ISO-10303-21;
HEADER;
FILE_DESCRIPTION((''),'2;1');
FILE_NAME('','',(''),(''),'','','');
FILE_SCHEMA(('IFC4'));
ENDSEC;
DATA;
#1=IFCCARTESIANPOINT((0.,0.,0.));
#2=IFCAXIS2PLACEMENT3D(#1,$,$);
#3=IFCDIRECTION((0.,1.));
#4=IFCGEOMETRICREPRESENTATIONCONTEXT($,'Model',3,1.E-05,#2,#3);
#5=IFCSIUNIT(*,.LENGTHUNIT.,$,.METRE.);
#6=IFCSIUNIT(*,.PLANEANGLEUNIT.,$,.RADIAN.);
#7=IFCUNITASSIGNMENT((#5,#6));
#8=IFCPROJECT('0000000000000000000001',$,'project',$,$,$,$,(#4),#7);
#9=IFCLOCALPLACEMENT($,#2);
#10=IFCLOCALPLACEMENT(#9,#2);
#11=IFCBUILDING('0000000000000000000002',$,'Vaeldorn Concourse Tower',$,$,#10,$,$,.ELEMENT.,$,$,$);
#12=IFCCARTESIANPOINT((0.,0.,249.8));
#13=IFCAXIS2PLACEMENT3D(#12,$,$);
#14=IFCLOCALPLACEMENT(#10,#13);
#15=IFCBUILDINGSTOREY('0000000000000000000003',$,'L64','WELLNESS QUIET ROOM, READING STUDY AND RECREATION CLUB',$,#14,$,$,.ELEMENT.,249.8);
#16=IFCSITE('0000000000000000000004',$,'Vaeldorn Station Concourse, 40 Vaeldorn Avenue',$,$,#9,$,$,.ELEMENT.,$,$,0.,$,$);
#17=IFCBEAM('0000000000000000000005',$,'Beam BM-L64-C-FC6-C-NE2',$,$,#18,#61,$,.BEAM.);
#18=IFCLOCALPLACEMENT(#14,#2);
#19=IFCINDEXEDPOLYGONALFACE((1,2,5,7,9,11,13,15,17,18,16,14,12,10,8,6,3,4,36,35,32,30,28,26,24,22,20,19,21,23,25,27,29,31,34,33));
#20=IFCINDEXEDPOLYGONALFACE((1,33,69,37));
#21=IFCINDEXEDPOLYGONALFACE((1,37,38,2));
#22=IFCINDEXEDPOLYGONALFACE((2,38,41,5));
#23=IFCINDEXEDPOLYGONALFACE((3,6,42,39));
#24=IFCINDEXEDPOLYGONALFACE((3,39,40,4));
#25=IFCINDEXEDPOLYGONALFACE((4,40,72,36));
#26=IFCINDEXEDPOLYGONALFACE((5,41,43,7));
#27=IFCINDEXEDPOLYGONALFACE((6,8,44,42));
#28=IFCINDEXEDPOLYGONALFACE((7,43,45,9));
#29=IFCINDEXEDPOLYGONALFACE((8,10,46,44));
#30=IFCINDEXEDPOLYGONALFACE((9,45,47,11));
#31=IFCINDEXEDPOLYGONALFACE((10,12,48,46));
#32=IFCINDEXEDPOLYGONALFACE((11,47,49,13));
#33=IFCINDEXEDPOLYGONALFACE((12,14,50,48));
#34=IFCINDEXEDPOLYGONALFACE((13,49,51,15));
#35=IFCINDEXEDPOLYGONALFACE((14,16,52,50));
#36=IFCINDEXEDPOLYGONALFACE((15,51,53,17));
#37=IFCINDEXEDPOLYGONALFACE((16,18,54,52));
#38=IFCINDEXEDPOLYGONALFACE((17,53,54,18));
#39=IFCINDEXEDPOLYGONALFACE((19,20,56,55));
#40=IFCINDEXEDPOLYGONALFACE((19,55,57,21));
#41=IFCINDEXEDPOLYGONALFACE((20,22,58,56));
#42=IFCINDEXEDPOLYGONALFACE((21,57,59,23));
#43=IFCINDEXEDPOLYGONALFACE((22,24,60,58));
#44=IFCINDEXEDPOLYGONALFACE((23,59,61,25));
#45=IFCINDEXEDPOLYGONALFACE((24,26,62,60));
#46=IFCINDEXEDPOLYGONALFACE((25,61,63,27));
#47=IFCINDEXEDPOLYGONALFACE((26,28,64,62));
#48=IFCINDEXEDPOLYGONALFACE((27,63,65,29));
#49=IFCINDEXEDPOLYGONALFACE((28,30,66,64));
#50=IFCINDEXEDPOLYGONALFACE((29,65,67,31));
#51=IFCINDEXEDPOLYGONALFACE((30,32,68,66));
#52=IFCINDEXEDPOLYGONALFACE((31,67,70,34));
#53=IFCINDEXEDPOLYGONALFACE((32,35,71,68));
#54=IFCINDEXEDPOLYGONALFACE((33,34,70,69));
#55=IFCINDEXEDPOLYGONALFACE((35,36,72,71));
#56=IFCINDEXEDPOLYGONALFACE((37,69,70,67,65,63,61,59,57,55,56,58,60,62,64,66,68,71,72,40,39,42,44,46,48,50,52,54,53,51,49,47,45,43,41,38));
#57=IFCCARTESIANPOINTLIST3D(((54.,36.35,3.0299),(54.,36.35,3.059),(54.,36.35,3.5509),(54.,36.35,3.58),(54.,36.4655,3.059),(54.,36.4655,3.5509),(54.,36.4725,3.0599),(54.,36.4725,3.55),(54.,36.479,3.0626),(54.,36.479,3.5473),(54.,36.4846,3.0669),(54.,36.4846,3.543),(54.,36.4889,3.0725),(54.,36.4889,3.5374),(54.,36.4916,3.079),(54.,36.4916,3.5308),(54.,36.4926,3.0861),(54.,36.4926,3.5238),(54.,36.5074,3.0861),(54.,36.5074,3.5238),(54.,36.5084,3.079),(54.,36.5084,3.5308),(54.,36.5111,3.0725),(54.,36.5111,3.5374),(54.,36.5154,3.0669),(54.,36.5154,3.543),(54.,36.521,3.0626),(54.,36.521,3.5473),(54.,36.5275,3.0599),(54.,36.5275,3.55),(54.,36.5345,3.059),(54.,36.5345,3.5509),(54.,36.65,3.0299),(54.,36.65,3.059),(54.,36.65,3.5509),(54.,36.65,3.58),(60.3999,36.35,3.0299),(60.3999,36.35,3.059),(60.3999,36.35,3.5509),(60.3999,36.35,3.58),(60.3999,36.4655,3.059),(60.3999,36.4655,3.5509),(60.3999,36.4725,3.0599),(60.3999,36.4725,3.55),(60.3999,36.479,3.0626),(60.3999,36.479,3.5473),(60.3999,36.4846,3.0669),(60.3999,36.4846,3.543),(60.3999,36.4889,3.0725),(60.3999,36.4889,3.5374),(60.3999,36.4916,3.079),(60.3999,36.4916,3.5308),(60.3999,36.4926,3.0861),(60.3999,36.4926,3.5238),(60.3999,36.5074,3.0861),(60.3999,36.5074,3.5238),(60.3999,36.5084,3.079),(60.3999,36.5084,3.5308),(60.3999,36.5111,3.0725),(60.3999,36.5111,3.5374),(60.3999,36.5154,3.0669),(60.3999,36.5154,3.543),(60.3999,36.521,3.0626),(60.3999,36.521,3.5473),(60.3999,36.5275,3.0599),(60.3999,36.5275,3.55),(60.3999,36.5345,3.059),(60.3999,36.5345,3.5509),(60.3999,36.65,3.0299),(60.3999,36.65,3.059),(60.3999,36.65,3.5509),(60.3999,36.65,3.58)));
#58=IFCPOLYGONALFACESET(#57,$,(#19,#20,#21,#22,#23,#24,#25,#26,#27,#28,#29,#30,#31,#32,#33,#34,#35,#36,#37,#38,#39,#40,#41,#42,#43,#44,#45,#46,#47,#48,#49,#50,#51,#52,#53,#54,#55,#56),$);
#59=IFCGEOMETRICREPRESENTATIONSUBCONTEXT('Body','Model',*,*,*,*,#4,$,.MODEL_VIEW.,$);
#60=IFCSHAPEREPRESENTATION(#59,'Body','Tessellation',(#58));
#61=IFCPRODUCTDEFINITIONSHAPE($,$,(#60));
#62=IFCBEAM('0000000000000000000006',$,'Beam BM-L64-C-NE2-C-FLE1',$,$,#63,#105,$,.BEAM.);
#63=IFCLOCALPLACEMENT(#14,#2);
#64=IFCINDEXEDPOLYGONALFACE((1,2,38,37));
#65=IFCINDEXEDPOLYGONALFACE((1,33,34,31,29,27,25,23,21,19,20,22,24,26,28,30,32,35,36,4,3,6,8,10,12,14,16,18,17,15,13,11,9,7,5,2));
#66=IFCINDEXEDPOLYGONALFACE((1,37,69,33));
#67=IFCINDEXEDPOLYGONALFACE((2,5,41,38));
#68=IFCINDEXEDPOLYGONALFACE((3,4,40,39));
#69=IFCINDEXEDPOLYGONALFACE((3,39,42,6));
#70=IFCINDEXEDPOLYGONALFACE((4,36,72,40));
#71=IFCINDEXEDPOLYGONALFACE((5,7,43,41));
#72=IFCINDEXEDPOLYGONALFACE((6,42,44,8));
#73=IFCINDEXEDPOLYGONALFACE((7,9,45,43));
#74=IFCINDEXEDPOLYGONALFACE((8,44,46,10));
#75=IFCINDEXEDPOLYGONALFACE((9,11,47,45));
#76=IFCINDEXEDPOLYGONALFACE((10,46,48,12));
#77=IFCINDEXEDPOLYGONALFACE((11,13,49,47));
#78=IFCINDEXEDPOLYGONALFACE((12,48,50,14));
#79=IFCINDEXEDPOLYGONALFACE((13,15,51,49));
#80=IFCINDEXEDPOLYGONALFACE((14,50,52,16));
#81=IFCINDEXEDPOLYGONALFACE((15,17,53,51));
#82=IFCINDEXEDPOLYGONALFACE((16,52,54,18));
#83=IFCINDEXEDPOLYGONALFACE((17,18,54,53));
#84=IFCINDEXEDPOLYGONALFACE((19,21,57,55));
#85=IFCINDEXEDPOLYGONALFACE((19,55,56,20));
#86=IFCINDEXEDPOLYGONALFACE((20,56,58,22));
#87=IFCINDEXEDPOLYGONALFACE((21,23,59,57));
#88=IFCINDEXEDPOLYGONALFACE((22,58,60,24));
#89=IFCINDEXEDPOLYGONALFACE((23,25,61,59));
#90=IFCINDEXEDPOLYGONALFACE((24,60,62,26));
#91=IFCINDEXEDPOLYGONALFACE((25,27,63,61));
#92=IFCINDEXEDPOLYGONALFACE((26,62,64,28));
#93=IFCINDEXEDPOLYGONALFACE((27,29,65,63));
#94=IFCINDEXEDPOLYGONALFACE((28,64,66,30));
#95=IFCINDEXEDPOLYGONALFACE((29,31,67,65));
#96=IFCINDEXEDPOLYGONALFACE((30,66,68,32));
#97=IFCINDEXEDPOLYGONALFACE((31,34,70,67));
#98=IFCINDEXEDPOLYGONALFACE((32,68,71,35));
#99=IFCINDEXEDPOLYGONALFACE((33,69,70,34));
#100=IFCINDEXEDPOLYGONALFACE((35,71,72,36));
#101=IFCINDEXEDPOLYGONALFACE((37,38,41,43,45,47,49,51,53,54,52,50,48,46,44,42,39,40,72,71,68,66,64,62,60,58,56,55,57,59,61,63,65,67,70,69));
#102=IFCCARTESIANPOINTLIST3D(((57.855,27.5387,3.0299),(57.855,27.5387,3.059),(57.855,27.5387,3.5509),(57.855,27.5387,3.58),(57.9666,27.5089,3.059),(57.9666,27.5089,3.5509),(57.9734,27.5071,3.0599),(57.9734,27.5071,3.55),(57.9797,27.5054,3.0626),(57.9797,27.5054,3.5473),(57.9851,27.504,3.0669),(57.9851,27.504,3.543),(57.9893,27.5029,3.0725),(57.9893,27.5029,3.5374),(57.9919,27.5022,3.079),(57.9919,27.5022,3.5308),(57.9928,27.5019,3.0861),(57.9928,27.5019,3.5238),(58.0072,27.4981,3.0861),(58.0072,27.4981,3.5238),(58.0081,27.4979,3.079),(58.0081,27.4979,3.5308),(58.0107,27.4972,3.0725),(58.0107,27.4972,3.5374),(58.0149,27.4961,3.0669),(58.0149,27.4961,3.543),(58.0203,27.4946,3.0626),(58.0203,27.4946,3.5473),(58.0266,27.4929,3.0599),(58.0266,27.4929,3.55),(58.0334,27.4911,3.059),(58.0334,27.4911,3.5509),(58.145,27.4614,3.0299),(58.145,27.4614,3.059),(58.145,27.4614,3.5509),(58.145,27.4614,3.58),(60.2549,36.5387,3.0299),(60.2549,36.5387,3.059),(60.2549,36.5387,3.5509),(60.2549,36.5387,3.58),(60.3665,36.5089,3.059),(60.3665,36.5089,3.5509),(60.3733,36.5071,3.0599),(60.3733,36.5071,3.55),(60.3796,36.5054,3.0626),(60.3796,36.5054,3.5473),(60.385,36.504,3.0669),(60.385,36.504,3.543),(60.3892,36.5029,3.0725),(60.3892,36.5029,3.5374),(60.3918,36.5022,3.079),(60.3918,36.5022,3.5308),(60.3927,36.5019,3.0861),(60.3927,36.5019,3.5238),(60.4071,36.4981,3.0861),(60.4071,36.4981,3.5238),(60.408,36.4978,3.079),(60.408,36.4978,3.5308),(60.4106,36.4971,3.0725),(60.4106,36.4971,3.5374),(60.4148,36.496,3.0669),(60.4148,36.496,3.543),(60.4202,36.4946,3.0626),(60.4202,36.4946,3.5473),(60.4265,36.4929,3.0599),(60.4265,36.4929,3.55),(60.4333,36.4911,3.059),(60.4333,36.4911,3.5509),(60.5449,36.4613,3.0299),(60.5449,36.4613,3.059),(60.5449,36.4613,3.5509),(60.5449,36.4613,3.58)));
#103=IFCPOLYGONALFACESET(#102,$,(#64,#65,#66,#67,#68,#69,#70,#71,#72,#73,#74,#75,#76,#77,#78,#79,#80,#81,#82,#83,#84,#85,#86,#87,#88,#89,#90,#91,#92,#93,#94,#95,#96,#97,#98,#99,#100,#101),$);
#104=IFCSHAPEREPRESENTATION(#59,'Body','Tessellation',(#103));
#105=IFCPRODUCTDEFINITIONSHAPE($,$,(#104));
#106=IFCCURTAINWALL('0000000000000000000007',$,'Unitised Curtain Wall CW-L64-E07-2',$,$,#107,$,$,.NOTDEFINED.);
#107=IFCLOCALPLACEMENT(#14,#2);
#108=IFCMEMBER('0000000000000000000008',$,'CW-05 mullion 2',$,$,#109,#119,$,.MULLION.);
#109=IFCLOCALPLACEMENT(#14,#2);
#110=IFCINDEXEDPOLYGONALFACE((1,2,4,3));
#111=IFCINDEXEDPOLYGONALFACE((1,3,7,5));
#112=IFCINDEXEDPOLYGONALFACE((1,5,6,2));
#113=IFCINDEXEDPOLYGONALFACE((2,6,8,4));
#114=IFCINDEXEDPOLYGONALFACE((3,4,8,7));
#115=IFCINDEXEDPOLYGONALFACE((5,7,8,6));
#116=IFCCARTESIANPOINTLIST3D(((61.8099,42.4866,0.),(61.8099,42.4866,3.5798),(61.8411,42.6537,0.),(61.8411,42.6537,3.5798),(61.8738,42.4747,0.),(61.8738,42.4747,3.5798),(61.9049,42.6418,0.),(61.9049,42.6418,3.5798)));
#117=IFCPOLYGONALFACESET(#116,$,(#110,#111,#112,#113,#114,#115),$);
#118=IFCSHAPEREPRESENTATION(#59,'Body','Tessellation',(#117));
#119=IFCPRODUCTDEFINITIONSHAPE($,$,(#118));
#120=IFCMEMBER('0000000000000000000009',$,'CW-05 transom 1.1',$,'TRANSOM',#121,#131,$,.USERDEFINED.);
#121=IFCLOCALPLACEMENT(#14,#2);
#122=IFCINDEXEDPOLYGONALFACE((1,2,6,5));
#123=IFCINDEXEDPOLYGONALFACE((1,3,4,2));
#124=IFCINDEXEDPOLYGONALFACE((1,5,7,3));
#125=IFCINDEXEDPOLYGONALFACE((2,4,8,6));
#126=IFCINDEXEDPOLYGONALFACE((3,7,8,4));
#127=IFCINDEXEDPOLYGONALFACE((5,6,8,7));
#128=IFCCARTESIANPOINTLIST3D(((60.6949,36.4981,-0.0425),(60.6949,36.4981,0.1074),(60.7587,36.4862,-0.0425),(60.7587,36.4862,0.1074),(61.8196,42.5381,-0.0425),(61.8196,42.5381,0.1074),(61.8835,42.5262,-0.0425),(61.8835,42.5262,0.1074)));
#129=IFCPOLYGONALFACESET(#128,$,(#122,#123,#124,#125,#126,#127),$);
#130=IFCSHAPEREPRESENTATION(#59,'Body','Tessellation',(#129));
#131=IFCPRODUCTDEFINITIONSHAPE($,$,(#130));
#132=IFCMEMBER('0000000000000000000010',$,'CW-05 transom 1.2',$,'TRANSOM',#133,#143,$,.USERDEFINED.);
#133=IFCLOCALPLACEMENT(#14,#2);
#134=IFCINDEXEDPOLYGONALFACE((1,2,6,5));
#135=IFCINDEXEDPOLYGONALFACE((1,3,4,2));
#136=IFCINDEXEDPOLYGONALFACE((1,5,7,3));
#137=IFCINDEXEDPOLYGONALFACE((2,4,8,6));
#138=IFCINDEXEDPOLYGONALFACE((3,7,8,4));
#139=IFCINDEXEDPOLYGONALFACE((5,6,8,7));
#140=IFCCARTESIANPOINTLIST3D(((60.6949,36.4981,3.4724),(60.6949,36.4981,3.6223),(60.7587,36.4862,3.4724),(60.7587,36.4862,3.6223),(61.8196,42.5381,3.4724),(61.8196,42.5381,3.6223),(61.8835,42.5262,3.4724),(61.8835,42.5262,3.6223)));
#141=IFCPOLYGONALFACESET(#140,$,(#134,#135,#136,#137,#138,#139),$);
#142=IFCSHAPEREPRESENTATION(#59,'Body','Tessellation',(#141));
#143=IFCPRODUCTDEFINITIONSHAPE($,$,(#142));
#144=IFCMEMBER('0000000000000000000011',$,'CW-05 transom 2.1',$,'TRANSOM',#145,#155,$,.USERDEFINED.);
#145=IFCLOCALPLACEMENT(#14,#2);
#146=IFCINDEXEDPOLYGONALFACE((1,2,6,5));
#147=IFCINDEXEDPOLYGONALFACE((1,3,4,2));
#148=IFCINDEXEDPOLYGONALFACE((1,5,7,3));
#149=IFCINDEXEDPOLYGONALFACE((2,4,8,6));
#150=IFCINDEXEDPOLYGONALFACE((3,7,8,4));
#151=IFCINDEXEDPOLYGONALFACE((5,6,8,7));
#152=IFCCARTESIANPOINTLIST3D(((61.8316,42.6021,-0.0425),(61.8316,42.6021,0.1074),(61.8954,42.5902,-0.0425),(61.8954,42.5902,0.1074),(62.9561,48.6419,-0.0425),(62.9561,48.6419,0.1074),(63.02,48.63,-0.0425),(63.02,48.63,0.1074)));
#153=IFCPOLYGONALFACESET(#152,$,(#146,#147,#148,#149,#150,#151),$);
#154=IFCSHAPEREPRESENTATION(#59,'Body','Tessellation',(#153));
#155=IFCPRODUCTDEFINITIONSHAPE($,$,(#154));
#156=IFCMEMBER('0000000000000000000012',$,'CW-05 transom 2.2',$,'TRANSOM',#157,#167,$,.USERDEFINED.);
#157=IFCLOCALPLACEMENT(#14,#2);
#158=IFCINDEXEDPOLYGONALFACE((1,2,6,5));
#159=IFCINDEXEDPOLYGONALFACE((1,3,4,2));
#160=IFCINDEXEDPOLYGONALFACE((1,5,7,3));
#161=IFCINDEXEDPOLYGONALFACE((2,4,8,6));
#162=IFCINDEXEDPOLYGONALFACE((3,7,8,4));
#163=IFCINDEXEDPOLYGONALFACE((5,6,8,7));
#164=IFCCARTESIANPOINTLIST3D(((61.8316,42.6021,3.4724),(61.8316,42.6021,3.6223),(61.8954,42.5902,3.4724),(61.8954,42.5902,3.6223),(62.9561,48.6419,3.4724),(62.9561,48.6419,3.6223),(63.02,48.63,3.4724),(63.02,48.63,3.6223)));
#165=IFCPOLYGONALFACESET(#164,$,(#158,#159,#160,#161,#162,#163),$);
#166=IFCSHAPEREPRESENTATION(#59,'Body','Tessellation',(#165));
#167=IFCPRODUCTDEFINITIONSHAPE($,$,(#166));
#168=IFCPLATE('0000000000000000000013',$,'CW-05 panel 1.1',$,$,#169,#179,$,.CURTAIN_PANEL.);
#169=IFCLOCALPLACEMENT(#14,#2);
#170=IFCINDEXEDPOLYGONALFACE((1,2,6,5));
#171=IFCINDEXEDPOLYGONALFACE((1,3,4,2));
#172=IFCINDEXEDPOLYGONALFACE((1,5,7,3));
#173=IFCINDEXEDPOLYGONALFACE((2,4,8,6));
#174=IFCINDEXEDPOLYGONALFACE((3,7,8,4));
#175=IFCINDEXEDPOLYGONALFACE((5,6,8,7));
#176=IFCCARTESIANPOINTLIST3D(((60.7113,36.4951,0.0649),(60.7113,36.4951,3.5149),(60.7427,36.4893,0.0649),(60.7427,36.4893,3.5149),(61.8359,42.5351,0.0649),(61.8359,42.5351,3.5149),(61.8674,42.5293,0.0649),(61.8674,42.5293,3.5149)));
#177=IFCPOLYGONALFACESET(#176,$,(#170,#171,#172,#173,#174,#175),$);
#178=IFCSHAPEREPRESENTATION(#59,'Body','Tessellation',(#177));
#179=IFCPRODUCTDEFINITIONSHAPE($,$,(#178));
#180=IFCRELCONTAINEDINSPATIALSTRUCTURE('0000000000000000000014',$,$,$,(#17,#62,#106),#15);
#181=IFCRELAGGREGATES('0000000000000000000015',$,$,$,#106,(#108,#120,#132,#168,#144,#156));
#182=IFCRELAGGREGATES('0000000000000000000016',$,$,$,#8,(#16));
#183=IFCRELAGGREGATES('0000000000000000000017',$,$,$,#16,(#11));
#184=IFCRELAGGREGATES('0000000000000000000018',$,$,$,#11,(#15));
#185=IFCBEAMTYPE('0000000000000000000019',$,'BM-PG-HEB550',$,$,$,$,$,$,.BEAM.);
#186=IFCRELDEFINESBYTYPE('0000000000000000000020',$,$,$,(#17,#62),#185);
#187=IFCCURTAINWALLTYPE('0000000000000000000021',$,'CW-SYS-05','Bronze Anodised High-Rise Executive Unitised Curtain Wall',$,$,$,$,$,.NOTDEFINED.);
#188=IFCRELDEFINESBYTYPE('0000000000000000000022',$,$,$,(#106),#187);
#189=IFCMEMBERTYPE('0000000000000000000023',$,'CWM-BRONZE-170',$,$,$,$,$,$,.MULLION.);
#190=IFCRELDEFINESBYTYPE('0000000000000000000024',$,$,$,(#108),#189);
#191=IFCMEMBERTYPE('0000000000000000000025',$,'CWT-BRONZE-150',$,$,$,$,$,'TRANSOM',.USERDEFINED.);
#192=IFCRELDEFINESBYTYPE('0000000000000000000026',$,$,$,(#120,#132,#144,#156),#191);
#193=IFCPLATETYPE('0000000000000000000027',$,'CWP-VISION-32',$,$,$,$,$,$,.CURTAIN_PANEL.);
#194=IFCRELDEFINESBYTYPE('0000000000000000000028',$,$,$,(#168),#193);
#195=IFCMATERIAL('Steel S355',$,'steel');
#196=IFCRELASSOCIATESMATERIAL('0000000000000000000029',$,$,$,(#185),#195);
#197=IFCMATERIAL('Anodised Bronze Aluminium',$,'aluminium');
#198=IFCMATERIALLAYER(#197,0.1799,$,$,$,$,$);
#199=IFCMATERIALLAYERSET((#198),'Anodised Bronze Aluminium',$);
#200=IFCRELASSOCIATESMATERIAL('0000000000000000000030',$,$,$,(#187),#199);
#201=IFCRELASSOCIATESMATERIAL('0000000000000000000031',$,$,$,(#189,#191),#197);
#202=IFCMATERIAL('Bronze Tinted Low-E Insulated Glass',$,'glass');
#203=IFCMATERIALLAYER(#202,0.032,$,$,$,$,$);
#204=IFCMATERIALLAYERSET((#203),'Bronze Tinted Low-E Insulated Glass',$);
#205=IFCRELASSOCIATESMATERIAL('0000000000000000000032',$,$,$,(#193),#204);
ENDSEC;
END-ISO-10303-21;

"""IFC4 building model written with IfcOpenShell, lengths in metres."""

from ifc_helpers import new_model, si_unit, direction, frame, origin, origin_2d, place, context, subcontext, project, spatial, rectangle, i_section, extrude, source, transform, mapped, material, layer, layer_set, material_profile, profile_set, type_object, element, aggregate, save


model = new_model("IFC4")

# Units and contexts
model_context = context("Model", 3, precision=1e-05, world=origin(), true_north=direction((0.0, 1.0)))
body_context = subcontext(model_context, "Body", "Model", "MODEL_VIEW")
ifc_project = project(units=[si_unit("LENGTHUNIT", "METRE"), si_unit("PLANEANGLEUNIT", "RADIAN")], contexts=[model_context])

# Site, building, storey
site_placement = place(None, origin())
site = spatial("IfcSite", under=ifc_project, at=site_placement, Name="Vaeldorn Station Concourse, 40 Vaeldorn Avenue", CompositionType="ELEMENT", RefElevation=0.0)
building_placement = place(site_placement, origin())
building = spatial("IfcBuilding", under=site, at=building_placement, Name="Vaeldorn Concourse Tower", CompositionType="ELEMENT")
storey_placement = place(building_placement, frame((0.0, 0.0, 249.8)))
storey = spatial("IfcBuildingStorey", under=building, at=storey_placement, Name="L64", Description="WELLNESS QUIET ROOM, READING STUDY AND RECREATION CLUB", CompositionType="ELEMENT", Elevation=249.8)

# Shared definitions
ifc_material_1 = material(Name="Steel S355", Category="steel")

# Beams
ifc_material_profile_1 = material_profile(ifc_material_1, i_section(OverallWidth=0.3, OverallDepth=0.55, WebThickness=0.0149, FlangeThickness=0.0291, FilletRadius=0.0271, at=origin_2d()), Name="HEB 550")
ifc_profile_set_1 = profile_set([ifc_material_profile_1], Name="Steel S355")
beam_type_1 = type_object("IfcBeamType", Name="BM-PG-HEB550", PredefinedType="BEAM", material=ifc_profile_set_1)
shared_shape_1 = source(origin(), body_context, "Body", "SweptSolid", [
    extrude(i_section(OverallWidth=0.3, OverallDepth=0.55, WebThickness=0.0149, FlangeThickness=0.0291, FilletRadius=0.0271, at=origin_2d()), origin(), (0.0, 0.0, 1.0), 6.3999),
])
beam_1_placement = place(storey_placement, frame((54.0, 36.5, 3.3049), z_axis=(1.0, 0.0, 0.0), x_axis=(0.0, 1.0, 0.0)))
element("IfcBeam", 1, at=beam_1_placement, inside=storey, type_object=beam_type_1, Name="Beam BM-L64-C-FC6-C-NE2", PredefinedType="BEAM", context=body_context, shape_type="MappedRepresentation", body=[
    mapped(shared_shape_1, transform((0.0, 0.0, 0.0), scale=1.0)),
])
shared_shape_2 = source(origin(), body_context, "Body", "SweptSolid", [
    extrude(i_section(OverallWidth=0.3, OverallDepth=0.55, WebThickness=0.0149, FlangeThickness=0.0291, FilletRadius=0.0271, at=origin_2d()), origin(), (0.0, 0.0, 1.0), 9.3145),
])
beam_2_placement = place(storey_placement, frame((60.3999, 36.5, 3.3049), z_axis=(-0.257653, -0.966238, 0.0), x_axis=(0.966238, -0.257653, 0.0)))
element("IfcBeam", 2, at=beam_2_placement, inside=storey, type_object=beam_type_1, Name="Beam BM-L64-C-NE2-C-FLE1", PredefinedType="BEAM", context=body_context, shape_type="MappedRepresentation", body=[
    mapped(shared_shape_2, transform((0.0, 0.0, 0.0), scale=1.0)),
])

# Curtain wall, members, plate
ifc_material_2 = material(Name="Anodised Bronze Aluminium", Category="aluminium")
ifc_layer_1 = layer(ifc_material_2, 0.1799)
ifc_layer_set_1 = layer_set([ifc_layer_1], Name="Anodised Bronze Aluminium")
curtain_wall_type = type_object("IfcCurtainWallType", Name="CW-SYS-05", Description="Bronze Anodised High-Rise Executive Unitised Curtain Wall", PredefinedType="NOTDEFINED", material=ifc_layer_set_1)
curtain_wall_placement = place(storey_placement, origin())
curtain_wall = element("IfcCurtainWall", 3, at=curtain_wall_placement, inside=storey, type_object=curtain_wall_type, Name="Unitised Curtain Wall CW-L64-E07-2", PredefinedType="NOTDEFINED")
ifc_material_profile_2 = material_profile(ifc_material_2, rectangle(XDim=0.0649, YDim=0.1699, at=origin_2d()), Name="CWM 65x170")
ifc_profile_set_2 = profile_set([ifc_material_profile_2], Name="Anodised Bronze Aluminium")
member_type_1 = type_object("IfcMemberType", Name="CWM-BRONZE-170", PredefinedType="MULLION", material=ifc_profile_set_2)
shared_shape_3 = source(origin(), body_context, "Body", "SweptSolid", [
    extrude(rectangle(XDim=0.0649, YDim=0.1699, at=origin_2d()), origin(), (0.0, 0.0, 1.0), 3.5798),
])
member_1_placement = place(storey_placement, frame((61.8574, 42.5642, 0.0), z_axis=(0.0, 0.0, 1.0), x_axis=(-0.983103, 0.183054, 0.0)))
member_1 = element("IfcMember", 4, at=member_1_placement, type_object=member_type_1, Name="CW-05 mullion 2", PredefinedType="MULLION", context=body_context, shape_type="MappedRepresentation", body=[
    mapped(shared_shape_3, transform((0.0, 0.0, 0.0), scale=1.0)),
])
ifc_material_profile_3 = material_profile(ifc_material_2, rectangle(XDim=0.0649, YDim=0.1499, at=origin_2d()), Name="CWT 65x150")
ifc_profile_set_3 = profile_set([ifc_material_profile_3], Name="Anodised Bronze Aluminium")
member_type_2 = type_object("IfcMemberType", Name="CWT-BRONZE-150", ElementType="TRANSOM", PredefinedType="USERDEFINED", material=ifc_profile_set_3)
shared_shape_4 = source(origin(), body_context, "Body", "SweptSolid", [
    extrude(rectangle(XDim=0.0649, YDim=0.1499, at=origin_2d()), origin(), (0.0, 0.0, 1.0), 6.1438),
])
member_2_placement = place(storey_placement, frame((60.7268, 36.4922, 0.0325), z_axis=(0.18307, 0.9831, 0.0), x_axis=(-0.9831, 0.18307, 0.0)))
member_2 = element("IfcMember", 5, at=member_2_placement, type_object=member_type_2, Name="CW-05 transom 1.1", ObjectType="TRANSOM", PredefinedType="USERDEFINED", context=body_context, shape_type="MappedRepresentation", body=[
    mapped(shared_shape_4, transform((0.0, 0.0, 0.0), scale=1.0)),
])
member_3_placement = place(storey_placement, frame((60.7268, 36.4922, 3.5474), z_axis=(0.18307, 0.9831, 0.0), x_axis=(-0.9831, 0.18307, 0.0)))
member_3 = element("IfcMember", 6, at=member_3_placement, type_object=member_type_2, Name="CW-05 transom 1.2", ObjectType="TRANSOM", PredefinedType="USERDEFINED", context=body_context, shape_type="MappedRepresentation", body=[
    mapped(shared_shape_4, transform((0.0, 0.0, 0.0), scale=1.0)),
])
shared_shape_5 = source(origin(), body_context, "Body", "SweptSolid", [
    extrude(rectangle(XDim=0.0649, YDim=0.1499, at=origin_2d()), origin(), (0.0, 0.0, 1.0), 6.1436),
])
member_4_placement = place(storey_placement, frame((61.8635, 42.5962, 0.0325), z_axis=(0.183038, 0.983106, 0.0), x_axis=(-0.983106, 0.183038, 0.0)))
member_4 = element("IfcMember", 7, at=member_4_placement, type_object=member_type_2, Name="CW-05 transom 2.1", ObjectType="TRANSOM", PredefinedType="USERDEFINED", context=body_context, shape_type="MappedRepresentation", body=[
    mapped(shared_shape_5, transform((0.0, 0.0, 0.0), scale=1.0)),
])
member_5_placement = place(storey_placement, frame((61.8635, 42.5962, 3.5474), z_axis=(0.183038, 0.983106, 0.0), x_axis=(-0.983106, 0.183038, 0.0)))
member_5 = element("IfcMember", 8, at=member_5_placement, type_object=member_type_2, Name="CW-05 transom 2.2", ObjectType="TRANSOM", PredefinedType="USERDEFINED", context=body_context, shape_type="MappedRepresentation", body=[
    mapped(shared_shape_5, transform((0.0, 0.0, 0.0), scale=1.0)),
])
ifc_material_3 = material(Name="Bronze Tinted Low-E Insulated Glass", Category="glass")
ifc_layer_2 = layer(ifc_material_3, 0.032)
ifc_layer_set_2 = layer_set([ifc_layer_2], Name="Bronze Tinted Low-E Insulated Glass")
plate_type = type_object("IfcPlateType", Name="CWP-VISION-32", PredefinedType="CURTAIN_PANEL", material=ifc_layer_set_2)
shared_shape_6 = source(origin(), body_context, "Body", "SweptSolid", [
    extrude(rectangle(XDim=6.1438, YDim=0.032, at=origin_2d()), origin(), (0.0, 0.0, 1.0), 3.45),
])
plate_placement = place(storey_placement, frame((61.2893, 39.5122, 0.0649), z_axis=(0.0, 0.0, 1.0), x_axis=(0.183054, 0.983103, 0.0)))
plate = element("IfcPlate", 9, at=plate_placement, type_object=plate_type, Name="CW-05 panel 1.1", PredefinedType="CURTAIN_PANEL", context=body_context, shape_type="MappedRepresentation", body=[
    mapped(shared_shape_6, transform((0.0, 0.0, 0.0), scale=1.0)),
])
aggregate(curtain_wall, [member_1, member_2, member_3, plate, member_4, member_5])

save(model, "model.ifc")
